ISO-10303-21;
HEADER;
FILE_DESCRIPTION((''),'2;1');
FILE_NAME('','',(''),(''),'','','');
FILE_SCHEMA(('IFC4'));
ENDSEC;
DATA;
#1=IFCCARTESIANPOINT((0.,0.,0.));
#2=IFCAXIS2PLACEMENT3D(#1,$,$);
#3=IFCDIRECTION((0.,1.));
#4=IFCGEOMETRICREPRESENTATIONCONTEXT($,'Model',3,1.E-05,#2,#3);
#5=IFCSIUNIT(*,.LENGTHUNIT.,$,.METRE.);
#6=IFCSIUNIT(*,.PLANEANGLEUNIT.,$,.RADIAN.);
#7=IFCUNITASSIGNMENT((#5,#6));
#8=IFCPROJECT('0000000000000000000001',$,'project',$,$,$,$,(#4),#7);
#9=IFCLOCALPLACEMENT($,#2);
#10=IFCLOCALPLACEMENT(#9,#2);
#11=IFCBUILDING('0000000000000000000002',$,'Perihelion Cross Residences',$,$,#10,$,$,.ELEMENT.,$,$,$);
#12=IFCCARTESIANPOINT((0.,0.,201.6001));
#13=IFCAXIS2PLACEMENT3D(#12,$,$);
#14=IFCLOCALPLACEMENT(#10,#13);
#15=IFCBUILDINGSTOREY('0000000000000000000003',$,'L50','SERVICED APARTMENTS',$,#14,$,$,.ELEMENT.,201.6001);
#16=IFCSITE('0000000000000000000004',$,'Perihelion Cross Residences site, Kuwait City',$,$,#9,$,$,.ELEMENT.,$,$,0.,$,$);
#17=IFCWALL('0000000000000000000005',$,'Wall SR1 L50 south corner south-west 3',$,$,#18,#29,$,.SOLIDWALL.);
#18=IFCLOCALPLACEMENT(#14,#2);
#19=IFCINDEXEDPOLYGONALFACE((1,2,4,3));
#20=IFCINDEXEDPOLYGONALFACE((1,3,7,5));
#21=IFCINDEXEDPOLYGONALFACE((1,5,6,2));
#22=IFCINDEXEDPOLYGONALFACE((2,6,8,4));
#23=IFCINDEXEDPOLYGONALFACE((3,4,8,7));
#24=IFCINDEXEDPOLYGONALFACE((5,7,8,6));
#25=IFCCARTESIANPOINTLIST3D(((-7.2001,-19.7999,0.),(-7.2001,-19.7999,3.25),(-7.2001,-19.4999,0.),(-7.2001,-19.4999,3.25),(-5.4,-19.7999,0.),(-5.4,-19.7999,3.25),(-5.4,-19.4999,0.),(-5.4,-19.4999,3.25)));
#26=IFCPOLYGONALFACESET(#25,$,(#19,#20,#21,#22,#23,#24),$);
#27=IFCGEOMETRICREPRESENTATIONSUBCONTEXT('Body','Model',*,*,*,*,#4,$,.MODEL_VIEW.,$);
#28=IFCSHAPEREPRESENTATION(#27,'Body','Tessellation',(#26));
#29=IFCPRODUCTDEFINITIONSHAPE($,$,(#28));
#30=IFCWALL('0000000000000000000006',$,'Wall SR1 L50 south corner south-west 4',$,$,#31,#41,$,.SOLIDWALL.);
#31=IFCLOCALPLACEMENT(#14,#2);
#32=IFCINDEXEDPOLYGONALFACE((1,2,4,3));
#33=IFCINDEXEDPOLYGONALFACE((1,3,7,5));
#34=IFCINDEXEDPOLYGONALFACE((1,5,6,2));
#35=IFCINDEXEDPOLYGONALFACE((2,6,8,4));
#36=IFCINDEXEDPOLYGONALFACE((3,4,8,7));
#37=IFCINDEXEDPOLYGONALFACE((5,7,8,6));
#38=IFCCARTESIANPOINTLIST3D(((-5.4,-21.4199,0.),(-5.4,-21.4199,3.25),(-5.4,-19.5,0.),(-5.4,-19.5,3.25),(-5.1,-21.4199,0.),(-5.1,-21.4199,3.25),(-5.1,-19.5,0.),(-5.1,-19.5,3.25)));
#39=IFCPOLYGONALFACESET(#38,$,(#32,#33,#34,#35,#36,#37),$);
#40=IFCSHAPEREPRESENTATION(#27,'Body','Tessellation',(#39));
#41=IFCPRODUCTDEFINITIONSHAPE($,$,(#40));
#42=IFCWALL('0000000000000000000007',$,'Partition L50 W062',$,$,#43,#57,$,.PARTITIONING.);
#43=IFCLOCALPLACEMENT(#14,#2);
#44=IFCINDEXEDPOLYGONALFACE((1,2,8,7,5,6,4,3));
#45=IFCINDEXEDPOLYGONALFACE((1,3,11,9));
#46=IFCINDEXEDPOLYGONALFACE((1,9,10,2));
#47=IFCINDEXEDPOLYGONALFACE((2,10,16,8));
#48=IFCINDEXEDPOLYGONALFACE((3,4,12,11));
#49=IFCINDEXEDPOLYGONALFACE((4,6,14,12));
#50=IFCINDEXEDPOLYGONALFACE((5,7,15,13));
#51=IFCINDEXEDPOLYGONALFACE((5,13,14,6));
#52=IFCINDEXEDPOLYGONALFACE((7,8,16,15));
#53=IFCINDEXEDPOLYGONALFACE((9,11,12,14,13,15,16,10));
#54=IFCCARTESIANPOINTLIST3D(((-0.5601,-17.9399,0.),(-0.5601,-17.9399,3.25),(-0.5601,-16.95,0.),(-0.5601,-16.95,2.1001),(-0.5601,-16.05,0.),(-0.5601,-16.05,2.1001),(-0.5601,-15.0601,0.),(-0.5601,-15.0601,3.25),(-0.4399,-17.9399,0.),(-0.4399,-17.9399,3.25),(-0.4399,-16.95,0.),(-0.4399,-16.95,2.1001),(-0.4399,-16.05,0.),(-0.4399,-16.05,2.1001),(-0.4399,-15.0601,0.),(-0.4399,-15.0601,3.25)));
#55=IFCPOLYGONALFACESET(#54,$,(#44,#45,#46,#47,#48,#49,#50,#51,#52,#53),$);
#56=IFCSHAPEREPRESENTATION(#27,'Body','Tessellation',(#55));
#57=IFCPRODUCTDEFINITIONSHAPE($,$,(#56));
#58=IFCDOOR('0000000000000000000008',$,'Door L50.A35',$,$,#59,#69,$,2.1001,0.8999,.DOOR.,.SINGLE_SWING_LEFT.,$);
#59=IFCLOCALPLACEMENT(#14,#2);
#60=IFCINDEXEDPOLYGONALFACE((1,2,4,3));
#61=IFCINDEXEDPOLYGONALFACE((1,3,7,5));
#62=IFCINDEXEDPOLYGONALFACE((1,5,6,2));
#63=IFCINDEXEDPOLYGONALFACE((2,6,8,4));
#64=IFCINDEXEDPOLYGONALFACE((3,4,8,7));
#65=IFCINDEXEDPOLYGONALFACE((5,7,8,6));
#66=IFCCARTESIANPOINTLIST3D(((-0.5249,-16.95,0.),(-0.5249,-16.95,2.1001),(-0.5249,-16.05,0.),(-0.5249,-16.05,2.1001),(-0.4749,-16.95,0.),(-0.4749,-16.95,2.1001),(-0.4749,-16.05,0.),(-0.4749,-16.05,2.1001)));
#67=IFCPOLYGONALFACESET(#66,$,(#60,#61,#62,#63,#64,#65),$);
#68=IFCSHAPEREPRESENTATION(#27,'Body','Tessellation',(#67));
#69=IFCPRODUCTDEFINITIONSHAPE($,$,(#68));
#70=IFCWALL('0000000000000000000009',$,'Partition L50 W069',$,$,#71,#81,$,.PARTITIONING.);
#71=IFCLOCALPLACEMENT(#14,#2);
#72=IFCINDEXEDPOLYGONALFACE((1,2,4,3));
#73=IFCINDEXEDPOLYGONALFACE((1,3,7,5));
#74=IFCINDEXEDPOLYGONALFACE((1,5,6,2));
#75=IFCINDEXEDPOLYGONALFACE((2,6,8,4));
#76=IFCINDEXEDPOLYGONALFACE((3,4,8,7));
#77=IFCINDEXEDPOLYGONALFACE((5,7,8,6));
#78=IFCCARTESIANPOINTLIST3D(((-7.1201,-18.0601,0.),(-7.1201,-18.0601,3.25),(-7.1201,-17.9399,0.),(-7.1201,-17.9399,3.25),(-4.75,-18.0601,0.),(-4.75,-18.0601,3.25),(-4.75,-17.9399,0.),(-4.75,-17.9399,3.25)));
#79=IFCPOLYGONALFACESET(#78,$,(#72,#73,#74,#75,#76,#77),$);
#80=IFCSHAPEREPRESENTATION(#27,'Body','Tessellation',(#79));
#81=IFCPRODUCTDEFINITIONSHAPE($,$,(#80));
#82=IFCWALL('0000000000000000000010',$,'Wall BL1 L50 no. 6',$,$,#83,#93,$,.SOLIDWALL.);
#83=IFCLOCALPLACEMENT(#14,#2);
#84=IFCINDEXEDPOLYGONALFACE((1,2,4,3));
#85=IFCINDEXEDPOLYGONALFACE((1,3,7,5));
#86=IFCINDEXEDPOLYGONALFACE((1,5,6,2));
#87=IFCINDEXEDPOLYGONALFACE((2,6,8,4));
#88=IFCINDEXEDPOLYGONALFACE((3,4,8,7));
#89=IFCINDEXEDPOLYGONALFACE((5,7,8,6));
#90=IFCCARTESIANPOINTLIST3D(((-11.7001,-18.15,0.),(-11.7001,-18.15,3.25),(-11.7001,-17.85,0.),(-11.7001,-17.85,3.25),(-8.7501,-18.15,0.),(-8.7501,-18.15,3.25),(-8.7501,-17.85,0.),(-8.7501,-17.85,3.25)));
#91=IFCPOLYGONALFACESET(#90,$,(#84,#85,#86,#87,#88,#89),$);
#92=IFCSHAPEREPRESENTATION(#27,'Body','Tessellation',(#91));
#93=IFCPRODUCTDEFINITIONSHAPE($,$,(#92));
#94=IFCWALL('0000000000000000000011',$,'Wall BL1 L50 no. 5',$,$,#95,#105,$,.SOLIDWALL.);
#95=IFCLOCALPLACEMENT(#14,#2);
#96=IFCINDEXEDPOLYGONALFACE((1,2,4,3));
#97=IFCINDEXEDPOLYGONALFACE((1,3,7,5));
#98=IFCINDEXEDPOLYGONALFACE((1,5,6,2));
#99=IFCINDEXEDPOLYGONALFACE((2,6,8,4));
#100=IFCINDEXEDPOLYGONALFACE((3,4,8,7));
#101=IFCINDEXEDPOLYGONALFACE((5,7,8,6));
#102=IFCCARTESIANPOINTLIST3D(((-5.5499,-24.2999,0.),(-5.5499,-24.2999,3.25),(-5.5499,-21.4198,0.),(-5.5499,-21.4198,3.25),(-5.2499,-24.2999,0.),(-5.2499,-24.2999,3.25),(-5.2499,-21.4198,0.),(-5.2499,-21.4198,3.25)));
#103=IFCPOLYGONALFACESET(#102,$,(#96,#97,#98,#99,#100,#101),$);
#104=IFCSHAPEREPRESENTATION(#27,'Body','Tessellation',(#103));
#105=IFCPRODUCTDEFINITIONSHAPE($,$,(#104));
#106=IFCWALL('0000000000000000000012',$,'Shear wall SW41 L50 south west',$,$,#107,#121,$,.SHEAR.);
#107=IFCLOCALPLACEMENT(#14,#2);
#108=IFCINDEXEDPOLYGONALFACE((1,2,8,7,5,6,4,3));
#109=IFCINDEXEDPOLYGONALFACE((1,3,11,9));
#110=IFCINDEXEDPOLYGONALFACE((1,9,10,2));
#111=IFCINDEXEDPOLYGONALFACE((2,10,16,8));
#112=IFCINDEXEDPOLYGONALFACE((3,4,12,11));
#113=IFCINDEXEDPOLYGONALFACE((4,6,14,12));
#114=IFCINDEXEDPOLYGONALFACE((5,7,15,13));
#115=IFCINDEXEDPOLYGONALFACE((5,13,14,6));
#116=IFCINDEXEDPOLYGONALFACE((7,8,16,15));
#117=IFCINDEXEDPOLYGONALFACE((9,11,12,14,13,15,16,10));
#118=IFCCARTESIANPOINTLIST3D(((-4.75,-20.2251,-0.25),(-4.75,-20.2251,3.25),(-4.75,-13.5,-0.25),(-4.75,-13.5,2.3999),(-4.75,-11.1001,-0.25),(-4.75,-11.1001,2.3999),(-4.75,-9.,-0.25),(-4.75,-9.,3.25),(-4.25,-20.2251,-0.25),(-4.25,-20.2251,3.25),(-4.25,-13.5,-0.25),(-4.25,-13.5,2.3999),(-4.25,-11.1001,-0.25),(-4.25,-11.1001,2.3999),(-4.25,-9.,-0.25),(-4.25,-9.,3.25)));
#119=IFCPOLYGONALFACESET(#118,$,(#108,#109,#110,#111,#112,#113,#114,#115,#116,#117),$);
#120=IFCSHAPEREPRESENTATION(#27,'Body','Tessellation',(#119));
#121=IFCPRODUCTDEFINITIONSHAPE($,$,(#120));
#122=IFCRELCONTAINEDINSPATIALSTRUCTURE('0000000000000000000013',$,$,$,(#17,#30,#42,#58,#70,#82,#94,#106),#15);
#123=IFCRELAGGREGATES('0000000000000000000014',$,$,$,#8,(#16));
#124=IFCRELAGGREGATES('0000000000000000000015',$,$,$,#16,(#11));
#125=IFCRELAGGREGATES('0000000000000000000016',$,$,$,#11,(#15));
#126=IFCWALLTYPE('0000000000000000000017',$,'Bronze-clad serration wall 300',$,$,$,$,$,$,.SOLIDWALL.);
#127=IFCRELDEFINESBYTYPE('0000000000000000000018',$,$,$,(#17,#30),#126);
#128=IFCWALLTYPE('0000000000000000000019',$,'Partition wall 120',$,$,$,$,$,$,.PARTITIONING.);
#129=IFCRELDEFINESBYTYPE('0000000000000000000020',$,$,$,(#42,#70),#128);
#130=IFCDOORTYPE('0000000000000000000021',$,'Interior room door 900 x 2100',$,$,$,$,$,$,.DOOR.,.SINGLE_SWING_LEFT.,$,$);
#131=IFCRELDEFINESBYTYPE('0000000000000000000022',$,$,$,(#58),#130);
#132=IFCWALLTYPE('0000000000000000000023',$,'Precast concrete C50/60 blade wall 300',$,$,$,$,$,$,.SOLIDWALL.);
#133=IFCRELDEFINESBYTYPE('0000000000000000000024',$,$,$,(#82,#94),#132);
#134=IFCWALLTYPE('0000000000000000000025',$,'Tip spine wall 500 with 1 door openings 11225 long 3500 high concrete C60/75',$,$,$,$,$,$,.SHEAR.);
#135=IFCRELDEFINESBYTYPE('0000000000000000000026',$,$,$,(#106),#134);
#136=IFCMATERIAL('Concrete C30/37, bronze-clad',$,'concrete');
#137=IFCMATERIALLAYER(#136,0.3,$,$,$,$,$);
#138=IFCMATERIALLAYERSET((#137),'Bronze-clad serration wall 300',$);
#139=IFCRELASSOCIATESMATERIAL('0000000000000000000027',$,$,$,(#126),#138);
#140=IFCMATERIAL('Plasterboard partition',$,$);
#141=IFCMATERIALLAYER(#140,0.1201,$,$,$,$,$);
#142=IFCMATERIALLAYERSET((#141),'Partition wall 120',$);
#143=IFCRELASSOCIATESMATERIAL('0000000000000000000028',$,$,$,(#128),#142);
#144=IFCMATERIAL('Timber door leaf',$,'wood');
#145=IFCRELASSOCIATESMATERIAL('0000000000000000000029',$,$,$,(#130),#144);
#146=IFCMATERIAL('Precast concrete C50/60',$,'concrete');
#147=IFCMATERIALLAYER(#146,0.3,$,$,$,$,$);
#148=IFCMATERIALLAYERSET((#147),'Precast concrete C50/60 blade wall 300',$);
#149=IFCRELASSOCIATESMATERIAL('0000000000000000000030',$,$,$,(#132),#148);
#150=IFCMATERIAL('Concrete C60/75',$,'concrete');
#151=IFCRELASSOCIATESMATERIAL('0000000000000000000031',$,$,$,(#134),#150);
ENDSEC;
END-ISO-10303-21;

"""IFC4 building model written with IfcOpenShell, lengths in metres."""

from ifc_helpers import new_model, si_unit, direction, frame, frame_2d, origin, place, context, subcontext, project, spatial, polyline, rectangle, outline, extrude, material, layer, layer_set, material_profile, profile_set, type_object, element, fill, save


model = new_model("IFC4")

# Units and contexts
model_context = context("Model", 3, precision=1e-05, world=origin(), true_north=direction((0.0, 1.0)))
body_context = subcontext(model_context, "Body", "Model", "MODEL_VIEW")
ifc_project = project(units=[si_unit("LENGTHUNIT", "METRE"), si_unit("PLANEANGLEUNIT", "RADIAN")], contexts=[model_context])

# Site, building, storey
site_placement = place(None, origin())
site = spatial("IfcSite", under=ifc_project, at=site_placement, Name="Perihelion Cross Residences site, Kuwait City", CompositionType="ELEMENT", RefElevation=0.0)
building_placement = place(site_placement, origin())
building = spatial("IfcBuilding", under=site, at=building_placement, Name="Perihelion Cross Residences", CompositionType="ELEMENT")
storey_placement = place(building_placement, frame((0.0, 0.0, 201.6001)))
storey = spatial("IfcBuildingStorey", under=building, at=storey_placement, Name="L50", Description="SERVICED APARTMENTS", CompositionType="ELEMENT", Elevation=201.6001)

# Walls
ifc_material_1 = material(Name="Concrete C30/37, bronze-clad", Category="concrete")
ifc_layer_1 = layer(ifc_material_1, 0.3)
ifc_layer_set_1 = layer_set([ifc_layer_1], Name="Bronze-clad serration wall 300")
wall_type_1 = type_object("IfcWallType", Name="Bronze-clad serration wall 300", PredefinedType="SOLIDWALL", material=ifc_layer_set_1)
for number, where, z_axis, x_axis, name in (
    (1, (-7.2, -19.6499, 0.0), (0.0, 0.0, 1.0), (1.0, 0.0, 0.0), "Wall SR1 L50 south corner south-west 3"),
):
    element("IfcWall", number, at=place(storey_placement, frame(where, z_axis=z_axis, x_axis=x_axis)), inside=storey, type_object=wall_type_1, Name=name, PredefinedType="SOLIDWALL", context=body_context, shape_type="SweptSolid", body=[
        extrude(rectangle(XDim=1.8, YDim=0.3, at=frame_2d((0.8999, 0.0))), origin(), (0.0, 0.0, 1.0), 3.25),
    ])
wall_1_placement = place(storey_placement, frame((-5.25, -19.5, 0.0), z_axis=(0.0, 0.0, 1.0), x_axis=(0.0, -1.0, 0.0)))
element("IfcWall", 2, at=wall_1_placement, inside=storey, type_object=wall_type_1, Name="Wall SR1 L50 south corner south-west 4", PredefinedType="SOLIDWALL", context=body_context, shape_type="SweptSolid", body=[
    extrude(rectangle(XDim=1.9199, YDim=0.3, at=frame_2d((0.96, 0.0))), origin(), (0.0, 0.0, 1.0), 3.25),
])

# Wall, opening, door
ifc_material_2 = material(Name="Plasterboard partition")
ifc_layer_2 = layer(ifc_material_2, 0.1201)
ifc_layer_set_2 = layer_set([ifc_layer_2], Name="Partition wall 120")
wall_type_2 = type_object("IfcWallType", Name="Partition wall 120", PredefinedType="PARTITIONING", material=ifc_layer_set_2)
wall_2_placement = place(storey_placement, frame((-0.5, -17.9399, 0.0), z_axis=(0.0, 0.0, 1.0), x_axis=(0.0, 1.0, 0.0)))
wall_2 = element("IfcWall", 3, at=wall_2_placement, inside=storey, type_object=wall_type_2, Name="Partition L50 W062", PredefinedType="PARTITIONING", context=body_context, shape_type="SweptSolid", body=[
    extrude(rectangle(XDim=2.8799, YDim=0.1201, at=frame_2d((1.4399, 0.0))), origin(), (0.0, 0.0, 1.0), 3.25),
])
opening_1_placement = place(wall_2_placement, frame((0.99, 0.0, 0.0)))
opening_1 = element("IfcOpeningElement", 4, at=opening_1_placement, cuts=wall_2, PredefinedType="OPENING", context=body_context, shape_type="SweptSolid", body=[
    extrude(rectangle(XDim=0.8999, YDim=2.1001, at=frame_2d((0.45, 1.05))), frame((0.0, 0.0701, 0.0), z_axis=(0.0, -1.0, 0.0), x_axis=(1.0, 0.0, 0.0)), (0.0, 0.0, 1.0), 0.1401),
])
ifc_material_3 = material(Name="Timber door leaf", Category="wood")
door_type_1 = type_object("IfcDoorType", Name="Interior room door 900 x 2100", OperationType="SINGLE_SWING_LEFT", PredefinedType="DOOR", material=ifc_material_3)
door_1_placement = place(opening_1_placement, origin())
door_1 = element("IfcDoor", 5, at=door_1_placement, inside=storey, type_object=door_type_1, Name="Door L50.A35", OperationType="SINGLE_SWING_LEFT", OverallHeight=2.1001, OverallWidth=0.8999, PredefinedType="DOOR", context=body_context, shape_type="SweptSolid", body=[
    extrude(rectangle(XDim=0.8999, YDim=2.1001, at=frame_2d((0.45, 1.05))), frame((0.0, 0.0249, 0.0), z_axis=(0.0, -1.0, 0.0), x_axis=(1.0, 0.0, 0.0)), (0.0, 0.0, 1.0), 0.05),
])
fill(opening_1, door_1)

# Walls
wall_3_placement = place(storey_placement, frame((-4.75, -18.0, 0.0), z_axis=(0.0, 0.0, 1.0), x_axis=(-1.0, 0.0, 0.0)))
element("IfcWall", 6, at=wall_3_placement, inside=storey, type_object=wall_type_2, Name="Partition L50 W069", PredefinedType="PARTITIONING", context=body_context, shape_type="SweptSolid", body=[
    extrude(rectangle(XDim=2.3701, YDim=0.1201, at=frame_2d((1.1851, 0.0))), origin(), (0.0, 0.0, 1.0), 3.25),
])
ifc_material_4 = material(Name="Precast concrete C50/60", Category="concrete")
ifc_layer_3 = layer(ifc_material_4, 0.3)
ifc_layer_set_3 = layer_set([ifc_layer_3], Name="Precast concrete C50/60 blade wall 300")
wall_type_3 = type_object("IfcWallType", Name="Precast concrete C50/60 blade wall 300", PredefinedType="SOLIDWALL", material=ifc_layer_set_3)
wall_4_placement = place(storey_placement, frame((-8.75, -18.0, 0.0), z_axis=(0.0, 0.0, 1.0), x_axis=(-1.0, 0.0, 0.0)))
element("IfcWall", 7, at=wall_4_placement, inside=storey, type_object=wall_type_3, Name="Wall BL1 L50 no. 6", PredefinedType="SOLIDWALL", context=body_context, shape_type="SweptSolid", body=[
    extrude(rectangle(XDim=2.95, YDim=0.3, at=frame_2d((1.4751, 0.0))), origin(), (0.0, 0.0, 1.0), 3.25),
])
wall_5_placement = place(storey_placement, frame((-5.3999, -21.4199, 0.0), z_axis=(0.0, 0.0, 1.0), x_axis=(0.0, -1.0, 0.0)))
element("IfcWall", 8, at=wall_5_placement, inside=storey, type_object=wall_type_3, Name="Wall BL1 L50 no. 5", PredefinedType="SOLIDWALL", context=body_context, shape_type="SweptSolid", body=[
    extrude(rectangle(XDim=2.8801, YDim=0.3, at=frame_2d((1.4399, 0.0))), origin(), (0.0, 0.0, 1.0), 3.25),
])
ifc_material_5 = material(Name="Concrete C60/75", Category="concrete")
ifc_material_profile_1 = material_profile(ifc_material_5, outline(polyline([(0.0, 0.0), (6.7251, 0.0), (6.7251, 2.6499), (9.125, 2.6499), (9.125, 0.0), (11.2251, 0.0), (11.2251, 3.5), (0.0, 3.5), (0.0, 0.0)])), Name="Tip spine wall")
ifc_profile_set_1 = profile_set([ifc_material_profile_1], Name="Concrete C60/75")
wall_type_4 = type_object("IfcWallType", Name="Tip spine wall 500 with 1 door openings 11225 long 3500 high concrete C60/75", PredefinedType="SHEAR", material=ifc_profile_set_1)
wall_6_placement = place(storey_placement, frame((-4.75, -20.2251, -0.25), z_axis=(1.0, 0.0, 0.0), x_axis=(0.0, 1.0, 0.0)))
element("IfcWall", 9, at=wall_6_placement, inside=storey, type_object=wall_type_4, Name="Shear wall SW41 L50 south west", PredefinedType="SHEAR", context=body_context, shape_type="SweptSolid", body=[
    extrude(outline(polyline([(0.0, 0.0), (6.7251, 0.0), (6.7251, 2.6499), (9.125, 2.6499), (9.125, 0.0), (11.2251, 0.0), (11.2251, 3.5), (0.0, 3.5), (0.0, 0.0)])), origin(), (0.0, 0.0, 1.0), 0.5),
])

save(model, "model.ifc")
